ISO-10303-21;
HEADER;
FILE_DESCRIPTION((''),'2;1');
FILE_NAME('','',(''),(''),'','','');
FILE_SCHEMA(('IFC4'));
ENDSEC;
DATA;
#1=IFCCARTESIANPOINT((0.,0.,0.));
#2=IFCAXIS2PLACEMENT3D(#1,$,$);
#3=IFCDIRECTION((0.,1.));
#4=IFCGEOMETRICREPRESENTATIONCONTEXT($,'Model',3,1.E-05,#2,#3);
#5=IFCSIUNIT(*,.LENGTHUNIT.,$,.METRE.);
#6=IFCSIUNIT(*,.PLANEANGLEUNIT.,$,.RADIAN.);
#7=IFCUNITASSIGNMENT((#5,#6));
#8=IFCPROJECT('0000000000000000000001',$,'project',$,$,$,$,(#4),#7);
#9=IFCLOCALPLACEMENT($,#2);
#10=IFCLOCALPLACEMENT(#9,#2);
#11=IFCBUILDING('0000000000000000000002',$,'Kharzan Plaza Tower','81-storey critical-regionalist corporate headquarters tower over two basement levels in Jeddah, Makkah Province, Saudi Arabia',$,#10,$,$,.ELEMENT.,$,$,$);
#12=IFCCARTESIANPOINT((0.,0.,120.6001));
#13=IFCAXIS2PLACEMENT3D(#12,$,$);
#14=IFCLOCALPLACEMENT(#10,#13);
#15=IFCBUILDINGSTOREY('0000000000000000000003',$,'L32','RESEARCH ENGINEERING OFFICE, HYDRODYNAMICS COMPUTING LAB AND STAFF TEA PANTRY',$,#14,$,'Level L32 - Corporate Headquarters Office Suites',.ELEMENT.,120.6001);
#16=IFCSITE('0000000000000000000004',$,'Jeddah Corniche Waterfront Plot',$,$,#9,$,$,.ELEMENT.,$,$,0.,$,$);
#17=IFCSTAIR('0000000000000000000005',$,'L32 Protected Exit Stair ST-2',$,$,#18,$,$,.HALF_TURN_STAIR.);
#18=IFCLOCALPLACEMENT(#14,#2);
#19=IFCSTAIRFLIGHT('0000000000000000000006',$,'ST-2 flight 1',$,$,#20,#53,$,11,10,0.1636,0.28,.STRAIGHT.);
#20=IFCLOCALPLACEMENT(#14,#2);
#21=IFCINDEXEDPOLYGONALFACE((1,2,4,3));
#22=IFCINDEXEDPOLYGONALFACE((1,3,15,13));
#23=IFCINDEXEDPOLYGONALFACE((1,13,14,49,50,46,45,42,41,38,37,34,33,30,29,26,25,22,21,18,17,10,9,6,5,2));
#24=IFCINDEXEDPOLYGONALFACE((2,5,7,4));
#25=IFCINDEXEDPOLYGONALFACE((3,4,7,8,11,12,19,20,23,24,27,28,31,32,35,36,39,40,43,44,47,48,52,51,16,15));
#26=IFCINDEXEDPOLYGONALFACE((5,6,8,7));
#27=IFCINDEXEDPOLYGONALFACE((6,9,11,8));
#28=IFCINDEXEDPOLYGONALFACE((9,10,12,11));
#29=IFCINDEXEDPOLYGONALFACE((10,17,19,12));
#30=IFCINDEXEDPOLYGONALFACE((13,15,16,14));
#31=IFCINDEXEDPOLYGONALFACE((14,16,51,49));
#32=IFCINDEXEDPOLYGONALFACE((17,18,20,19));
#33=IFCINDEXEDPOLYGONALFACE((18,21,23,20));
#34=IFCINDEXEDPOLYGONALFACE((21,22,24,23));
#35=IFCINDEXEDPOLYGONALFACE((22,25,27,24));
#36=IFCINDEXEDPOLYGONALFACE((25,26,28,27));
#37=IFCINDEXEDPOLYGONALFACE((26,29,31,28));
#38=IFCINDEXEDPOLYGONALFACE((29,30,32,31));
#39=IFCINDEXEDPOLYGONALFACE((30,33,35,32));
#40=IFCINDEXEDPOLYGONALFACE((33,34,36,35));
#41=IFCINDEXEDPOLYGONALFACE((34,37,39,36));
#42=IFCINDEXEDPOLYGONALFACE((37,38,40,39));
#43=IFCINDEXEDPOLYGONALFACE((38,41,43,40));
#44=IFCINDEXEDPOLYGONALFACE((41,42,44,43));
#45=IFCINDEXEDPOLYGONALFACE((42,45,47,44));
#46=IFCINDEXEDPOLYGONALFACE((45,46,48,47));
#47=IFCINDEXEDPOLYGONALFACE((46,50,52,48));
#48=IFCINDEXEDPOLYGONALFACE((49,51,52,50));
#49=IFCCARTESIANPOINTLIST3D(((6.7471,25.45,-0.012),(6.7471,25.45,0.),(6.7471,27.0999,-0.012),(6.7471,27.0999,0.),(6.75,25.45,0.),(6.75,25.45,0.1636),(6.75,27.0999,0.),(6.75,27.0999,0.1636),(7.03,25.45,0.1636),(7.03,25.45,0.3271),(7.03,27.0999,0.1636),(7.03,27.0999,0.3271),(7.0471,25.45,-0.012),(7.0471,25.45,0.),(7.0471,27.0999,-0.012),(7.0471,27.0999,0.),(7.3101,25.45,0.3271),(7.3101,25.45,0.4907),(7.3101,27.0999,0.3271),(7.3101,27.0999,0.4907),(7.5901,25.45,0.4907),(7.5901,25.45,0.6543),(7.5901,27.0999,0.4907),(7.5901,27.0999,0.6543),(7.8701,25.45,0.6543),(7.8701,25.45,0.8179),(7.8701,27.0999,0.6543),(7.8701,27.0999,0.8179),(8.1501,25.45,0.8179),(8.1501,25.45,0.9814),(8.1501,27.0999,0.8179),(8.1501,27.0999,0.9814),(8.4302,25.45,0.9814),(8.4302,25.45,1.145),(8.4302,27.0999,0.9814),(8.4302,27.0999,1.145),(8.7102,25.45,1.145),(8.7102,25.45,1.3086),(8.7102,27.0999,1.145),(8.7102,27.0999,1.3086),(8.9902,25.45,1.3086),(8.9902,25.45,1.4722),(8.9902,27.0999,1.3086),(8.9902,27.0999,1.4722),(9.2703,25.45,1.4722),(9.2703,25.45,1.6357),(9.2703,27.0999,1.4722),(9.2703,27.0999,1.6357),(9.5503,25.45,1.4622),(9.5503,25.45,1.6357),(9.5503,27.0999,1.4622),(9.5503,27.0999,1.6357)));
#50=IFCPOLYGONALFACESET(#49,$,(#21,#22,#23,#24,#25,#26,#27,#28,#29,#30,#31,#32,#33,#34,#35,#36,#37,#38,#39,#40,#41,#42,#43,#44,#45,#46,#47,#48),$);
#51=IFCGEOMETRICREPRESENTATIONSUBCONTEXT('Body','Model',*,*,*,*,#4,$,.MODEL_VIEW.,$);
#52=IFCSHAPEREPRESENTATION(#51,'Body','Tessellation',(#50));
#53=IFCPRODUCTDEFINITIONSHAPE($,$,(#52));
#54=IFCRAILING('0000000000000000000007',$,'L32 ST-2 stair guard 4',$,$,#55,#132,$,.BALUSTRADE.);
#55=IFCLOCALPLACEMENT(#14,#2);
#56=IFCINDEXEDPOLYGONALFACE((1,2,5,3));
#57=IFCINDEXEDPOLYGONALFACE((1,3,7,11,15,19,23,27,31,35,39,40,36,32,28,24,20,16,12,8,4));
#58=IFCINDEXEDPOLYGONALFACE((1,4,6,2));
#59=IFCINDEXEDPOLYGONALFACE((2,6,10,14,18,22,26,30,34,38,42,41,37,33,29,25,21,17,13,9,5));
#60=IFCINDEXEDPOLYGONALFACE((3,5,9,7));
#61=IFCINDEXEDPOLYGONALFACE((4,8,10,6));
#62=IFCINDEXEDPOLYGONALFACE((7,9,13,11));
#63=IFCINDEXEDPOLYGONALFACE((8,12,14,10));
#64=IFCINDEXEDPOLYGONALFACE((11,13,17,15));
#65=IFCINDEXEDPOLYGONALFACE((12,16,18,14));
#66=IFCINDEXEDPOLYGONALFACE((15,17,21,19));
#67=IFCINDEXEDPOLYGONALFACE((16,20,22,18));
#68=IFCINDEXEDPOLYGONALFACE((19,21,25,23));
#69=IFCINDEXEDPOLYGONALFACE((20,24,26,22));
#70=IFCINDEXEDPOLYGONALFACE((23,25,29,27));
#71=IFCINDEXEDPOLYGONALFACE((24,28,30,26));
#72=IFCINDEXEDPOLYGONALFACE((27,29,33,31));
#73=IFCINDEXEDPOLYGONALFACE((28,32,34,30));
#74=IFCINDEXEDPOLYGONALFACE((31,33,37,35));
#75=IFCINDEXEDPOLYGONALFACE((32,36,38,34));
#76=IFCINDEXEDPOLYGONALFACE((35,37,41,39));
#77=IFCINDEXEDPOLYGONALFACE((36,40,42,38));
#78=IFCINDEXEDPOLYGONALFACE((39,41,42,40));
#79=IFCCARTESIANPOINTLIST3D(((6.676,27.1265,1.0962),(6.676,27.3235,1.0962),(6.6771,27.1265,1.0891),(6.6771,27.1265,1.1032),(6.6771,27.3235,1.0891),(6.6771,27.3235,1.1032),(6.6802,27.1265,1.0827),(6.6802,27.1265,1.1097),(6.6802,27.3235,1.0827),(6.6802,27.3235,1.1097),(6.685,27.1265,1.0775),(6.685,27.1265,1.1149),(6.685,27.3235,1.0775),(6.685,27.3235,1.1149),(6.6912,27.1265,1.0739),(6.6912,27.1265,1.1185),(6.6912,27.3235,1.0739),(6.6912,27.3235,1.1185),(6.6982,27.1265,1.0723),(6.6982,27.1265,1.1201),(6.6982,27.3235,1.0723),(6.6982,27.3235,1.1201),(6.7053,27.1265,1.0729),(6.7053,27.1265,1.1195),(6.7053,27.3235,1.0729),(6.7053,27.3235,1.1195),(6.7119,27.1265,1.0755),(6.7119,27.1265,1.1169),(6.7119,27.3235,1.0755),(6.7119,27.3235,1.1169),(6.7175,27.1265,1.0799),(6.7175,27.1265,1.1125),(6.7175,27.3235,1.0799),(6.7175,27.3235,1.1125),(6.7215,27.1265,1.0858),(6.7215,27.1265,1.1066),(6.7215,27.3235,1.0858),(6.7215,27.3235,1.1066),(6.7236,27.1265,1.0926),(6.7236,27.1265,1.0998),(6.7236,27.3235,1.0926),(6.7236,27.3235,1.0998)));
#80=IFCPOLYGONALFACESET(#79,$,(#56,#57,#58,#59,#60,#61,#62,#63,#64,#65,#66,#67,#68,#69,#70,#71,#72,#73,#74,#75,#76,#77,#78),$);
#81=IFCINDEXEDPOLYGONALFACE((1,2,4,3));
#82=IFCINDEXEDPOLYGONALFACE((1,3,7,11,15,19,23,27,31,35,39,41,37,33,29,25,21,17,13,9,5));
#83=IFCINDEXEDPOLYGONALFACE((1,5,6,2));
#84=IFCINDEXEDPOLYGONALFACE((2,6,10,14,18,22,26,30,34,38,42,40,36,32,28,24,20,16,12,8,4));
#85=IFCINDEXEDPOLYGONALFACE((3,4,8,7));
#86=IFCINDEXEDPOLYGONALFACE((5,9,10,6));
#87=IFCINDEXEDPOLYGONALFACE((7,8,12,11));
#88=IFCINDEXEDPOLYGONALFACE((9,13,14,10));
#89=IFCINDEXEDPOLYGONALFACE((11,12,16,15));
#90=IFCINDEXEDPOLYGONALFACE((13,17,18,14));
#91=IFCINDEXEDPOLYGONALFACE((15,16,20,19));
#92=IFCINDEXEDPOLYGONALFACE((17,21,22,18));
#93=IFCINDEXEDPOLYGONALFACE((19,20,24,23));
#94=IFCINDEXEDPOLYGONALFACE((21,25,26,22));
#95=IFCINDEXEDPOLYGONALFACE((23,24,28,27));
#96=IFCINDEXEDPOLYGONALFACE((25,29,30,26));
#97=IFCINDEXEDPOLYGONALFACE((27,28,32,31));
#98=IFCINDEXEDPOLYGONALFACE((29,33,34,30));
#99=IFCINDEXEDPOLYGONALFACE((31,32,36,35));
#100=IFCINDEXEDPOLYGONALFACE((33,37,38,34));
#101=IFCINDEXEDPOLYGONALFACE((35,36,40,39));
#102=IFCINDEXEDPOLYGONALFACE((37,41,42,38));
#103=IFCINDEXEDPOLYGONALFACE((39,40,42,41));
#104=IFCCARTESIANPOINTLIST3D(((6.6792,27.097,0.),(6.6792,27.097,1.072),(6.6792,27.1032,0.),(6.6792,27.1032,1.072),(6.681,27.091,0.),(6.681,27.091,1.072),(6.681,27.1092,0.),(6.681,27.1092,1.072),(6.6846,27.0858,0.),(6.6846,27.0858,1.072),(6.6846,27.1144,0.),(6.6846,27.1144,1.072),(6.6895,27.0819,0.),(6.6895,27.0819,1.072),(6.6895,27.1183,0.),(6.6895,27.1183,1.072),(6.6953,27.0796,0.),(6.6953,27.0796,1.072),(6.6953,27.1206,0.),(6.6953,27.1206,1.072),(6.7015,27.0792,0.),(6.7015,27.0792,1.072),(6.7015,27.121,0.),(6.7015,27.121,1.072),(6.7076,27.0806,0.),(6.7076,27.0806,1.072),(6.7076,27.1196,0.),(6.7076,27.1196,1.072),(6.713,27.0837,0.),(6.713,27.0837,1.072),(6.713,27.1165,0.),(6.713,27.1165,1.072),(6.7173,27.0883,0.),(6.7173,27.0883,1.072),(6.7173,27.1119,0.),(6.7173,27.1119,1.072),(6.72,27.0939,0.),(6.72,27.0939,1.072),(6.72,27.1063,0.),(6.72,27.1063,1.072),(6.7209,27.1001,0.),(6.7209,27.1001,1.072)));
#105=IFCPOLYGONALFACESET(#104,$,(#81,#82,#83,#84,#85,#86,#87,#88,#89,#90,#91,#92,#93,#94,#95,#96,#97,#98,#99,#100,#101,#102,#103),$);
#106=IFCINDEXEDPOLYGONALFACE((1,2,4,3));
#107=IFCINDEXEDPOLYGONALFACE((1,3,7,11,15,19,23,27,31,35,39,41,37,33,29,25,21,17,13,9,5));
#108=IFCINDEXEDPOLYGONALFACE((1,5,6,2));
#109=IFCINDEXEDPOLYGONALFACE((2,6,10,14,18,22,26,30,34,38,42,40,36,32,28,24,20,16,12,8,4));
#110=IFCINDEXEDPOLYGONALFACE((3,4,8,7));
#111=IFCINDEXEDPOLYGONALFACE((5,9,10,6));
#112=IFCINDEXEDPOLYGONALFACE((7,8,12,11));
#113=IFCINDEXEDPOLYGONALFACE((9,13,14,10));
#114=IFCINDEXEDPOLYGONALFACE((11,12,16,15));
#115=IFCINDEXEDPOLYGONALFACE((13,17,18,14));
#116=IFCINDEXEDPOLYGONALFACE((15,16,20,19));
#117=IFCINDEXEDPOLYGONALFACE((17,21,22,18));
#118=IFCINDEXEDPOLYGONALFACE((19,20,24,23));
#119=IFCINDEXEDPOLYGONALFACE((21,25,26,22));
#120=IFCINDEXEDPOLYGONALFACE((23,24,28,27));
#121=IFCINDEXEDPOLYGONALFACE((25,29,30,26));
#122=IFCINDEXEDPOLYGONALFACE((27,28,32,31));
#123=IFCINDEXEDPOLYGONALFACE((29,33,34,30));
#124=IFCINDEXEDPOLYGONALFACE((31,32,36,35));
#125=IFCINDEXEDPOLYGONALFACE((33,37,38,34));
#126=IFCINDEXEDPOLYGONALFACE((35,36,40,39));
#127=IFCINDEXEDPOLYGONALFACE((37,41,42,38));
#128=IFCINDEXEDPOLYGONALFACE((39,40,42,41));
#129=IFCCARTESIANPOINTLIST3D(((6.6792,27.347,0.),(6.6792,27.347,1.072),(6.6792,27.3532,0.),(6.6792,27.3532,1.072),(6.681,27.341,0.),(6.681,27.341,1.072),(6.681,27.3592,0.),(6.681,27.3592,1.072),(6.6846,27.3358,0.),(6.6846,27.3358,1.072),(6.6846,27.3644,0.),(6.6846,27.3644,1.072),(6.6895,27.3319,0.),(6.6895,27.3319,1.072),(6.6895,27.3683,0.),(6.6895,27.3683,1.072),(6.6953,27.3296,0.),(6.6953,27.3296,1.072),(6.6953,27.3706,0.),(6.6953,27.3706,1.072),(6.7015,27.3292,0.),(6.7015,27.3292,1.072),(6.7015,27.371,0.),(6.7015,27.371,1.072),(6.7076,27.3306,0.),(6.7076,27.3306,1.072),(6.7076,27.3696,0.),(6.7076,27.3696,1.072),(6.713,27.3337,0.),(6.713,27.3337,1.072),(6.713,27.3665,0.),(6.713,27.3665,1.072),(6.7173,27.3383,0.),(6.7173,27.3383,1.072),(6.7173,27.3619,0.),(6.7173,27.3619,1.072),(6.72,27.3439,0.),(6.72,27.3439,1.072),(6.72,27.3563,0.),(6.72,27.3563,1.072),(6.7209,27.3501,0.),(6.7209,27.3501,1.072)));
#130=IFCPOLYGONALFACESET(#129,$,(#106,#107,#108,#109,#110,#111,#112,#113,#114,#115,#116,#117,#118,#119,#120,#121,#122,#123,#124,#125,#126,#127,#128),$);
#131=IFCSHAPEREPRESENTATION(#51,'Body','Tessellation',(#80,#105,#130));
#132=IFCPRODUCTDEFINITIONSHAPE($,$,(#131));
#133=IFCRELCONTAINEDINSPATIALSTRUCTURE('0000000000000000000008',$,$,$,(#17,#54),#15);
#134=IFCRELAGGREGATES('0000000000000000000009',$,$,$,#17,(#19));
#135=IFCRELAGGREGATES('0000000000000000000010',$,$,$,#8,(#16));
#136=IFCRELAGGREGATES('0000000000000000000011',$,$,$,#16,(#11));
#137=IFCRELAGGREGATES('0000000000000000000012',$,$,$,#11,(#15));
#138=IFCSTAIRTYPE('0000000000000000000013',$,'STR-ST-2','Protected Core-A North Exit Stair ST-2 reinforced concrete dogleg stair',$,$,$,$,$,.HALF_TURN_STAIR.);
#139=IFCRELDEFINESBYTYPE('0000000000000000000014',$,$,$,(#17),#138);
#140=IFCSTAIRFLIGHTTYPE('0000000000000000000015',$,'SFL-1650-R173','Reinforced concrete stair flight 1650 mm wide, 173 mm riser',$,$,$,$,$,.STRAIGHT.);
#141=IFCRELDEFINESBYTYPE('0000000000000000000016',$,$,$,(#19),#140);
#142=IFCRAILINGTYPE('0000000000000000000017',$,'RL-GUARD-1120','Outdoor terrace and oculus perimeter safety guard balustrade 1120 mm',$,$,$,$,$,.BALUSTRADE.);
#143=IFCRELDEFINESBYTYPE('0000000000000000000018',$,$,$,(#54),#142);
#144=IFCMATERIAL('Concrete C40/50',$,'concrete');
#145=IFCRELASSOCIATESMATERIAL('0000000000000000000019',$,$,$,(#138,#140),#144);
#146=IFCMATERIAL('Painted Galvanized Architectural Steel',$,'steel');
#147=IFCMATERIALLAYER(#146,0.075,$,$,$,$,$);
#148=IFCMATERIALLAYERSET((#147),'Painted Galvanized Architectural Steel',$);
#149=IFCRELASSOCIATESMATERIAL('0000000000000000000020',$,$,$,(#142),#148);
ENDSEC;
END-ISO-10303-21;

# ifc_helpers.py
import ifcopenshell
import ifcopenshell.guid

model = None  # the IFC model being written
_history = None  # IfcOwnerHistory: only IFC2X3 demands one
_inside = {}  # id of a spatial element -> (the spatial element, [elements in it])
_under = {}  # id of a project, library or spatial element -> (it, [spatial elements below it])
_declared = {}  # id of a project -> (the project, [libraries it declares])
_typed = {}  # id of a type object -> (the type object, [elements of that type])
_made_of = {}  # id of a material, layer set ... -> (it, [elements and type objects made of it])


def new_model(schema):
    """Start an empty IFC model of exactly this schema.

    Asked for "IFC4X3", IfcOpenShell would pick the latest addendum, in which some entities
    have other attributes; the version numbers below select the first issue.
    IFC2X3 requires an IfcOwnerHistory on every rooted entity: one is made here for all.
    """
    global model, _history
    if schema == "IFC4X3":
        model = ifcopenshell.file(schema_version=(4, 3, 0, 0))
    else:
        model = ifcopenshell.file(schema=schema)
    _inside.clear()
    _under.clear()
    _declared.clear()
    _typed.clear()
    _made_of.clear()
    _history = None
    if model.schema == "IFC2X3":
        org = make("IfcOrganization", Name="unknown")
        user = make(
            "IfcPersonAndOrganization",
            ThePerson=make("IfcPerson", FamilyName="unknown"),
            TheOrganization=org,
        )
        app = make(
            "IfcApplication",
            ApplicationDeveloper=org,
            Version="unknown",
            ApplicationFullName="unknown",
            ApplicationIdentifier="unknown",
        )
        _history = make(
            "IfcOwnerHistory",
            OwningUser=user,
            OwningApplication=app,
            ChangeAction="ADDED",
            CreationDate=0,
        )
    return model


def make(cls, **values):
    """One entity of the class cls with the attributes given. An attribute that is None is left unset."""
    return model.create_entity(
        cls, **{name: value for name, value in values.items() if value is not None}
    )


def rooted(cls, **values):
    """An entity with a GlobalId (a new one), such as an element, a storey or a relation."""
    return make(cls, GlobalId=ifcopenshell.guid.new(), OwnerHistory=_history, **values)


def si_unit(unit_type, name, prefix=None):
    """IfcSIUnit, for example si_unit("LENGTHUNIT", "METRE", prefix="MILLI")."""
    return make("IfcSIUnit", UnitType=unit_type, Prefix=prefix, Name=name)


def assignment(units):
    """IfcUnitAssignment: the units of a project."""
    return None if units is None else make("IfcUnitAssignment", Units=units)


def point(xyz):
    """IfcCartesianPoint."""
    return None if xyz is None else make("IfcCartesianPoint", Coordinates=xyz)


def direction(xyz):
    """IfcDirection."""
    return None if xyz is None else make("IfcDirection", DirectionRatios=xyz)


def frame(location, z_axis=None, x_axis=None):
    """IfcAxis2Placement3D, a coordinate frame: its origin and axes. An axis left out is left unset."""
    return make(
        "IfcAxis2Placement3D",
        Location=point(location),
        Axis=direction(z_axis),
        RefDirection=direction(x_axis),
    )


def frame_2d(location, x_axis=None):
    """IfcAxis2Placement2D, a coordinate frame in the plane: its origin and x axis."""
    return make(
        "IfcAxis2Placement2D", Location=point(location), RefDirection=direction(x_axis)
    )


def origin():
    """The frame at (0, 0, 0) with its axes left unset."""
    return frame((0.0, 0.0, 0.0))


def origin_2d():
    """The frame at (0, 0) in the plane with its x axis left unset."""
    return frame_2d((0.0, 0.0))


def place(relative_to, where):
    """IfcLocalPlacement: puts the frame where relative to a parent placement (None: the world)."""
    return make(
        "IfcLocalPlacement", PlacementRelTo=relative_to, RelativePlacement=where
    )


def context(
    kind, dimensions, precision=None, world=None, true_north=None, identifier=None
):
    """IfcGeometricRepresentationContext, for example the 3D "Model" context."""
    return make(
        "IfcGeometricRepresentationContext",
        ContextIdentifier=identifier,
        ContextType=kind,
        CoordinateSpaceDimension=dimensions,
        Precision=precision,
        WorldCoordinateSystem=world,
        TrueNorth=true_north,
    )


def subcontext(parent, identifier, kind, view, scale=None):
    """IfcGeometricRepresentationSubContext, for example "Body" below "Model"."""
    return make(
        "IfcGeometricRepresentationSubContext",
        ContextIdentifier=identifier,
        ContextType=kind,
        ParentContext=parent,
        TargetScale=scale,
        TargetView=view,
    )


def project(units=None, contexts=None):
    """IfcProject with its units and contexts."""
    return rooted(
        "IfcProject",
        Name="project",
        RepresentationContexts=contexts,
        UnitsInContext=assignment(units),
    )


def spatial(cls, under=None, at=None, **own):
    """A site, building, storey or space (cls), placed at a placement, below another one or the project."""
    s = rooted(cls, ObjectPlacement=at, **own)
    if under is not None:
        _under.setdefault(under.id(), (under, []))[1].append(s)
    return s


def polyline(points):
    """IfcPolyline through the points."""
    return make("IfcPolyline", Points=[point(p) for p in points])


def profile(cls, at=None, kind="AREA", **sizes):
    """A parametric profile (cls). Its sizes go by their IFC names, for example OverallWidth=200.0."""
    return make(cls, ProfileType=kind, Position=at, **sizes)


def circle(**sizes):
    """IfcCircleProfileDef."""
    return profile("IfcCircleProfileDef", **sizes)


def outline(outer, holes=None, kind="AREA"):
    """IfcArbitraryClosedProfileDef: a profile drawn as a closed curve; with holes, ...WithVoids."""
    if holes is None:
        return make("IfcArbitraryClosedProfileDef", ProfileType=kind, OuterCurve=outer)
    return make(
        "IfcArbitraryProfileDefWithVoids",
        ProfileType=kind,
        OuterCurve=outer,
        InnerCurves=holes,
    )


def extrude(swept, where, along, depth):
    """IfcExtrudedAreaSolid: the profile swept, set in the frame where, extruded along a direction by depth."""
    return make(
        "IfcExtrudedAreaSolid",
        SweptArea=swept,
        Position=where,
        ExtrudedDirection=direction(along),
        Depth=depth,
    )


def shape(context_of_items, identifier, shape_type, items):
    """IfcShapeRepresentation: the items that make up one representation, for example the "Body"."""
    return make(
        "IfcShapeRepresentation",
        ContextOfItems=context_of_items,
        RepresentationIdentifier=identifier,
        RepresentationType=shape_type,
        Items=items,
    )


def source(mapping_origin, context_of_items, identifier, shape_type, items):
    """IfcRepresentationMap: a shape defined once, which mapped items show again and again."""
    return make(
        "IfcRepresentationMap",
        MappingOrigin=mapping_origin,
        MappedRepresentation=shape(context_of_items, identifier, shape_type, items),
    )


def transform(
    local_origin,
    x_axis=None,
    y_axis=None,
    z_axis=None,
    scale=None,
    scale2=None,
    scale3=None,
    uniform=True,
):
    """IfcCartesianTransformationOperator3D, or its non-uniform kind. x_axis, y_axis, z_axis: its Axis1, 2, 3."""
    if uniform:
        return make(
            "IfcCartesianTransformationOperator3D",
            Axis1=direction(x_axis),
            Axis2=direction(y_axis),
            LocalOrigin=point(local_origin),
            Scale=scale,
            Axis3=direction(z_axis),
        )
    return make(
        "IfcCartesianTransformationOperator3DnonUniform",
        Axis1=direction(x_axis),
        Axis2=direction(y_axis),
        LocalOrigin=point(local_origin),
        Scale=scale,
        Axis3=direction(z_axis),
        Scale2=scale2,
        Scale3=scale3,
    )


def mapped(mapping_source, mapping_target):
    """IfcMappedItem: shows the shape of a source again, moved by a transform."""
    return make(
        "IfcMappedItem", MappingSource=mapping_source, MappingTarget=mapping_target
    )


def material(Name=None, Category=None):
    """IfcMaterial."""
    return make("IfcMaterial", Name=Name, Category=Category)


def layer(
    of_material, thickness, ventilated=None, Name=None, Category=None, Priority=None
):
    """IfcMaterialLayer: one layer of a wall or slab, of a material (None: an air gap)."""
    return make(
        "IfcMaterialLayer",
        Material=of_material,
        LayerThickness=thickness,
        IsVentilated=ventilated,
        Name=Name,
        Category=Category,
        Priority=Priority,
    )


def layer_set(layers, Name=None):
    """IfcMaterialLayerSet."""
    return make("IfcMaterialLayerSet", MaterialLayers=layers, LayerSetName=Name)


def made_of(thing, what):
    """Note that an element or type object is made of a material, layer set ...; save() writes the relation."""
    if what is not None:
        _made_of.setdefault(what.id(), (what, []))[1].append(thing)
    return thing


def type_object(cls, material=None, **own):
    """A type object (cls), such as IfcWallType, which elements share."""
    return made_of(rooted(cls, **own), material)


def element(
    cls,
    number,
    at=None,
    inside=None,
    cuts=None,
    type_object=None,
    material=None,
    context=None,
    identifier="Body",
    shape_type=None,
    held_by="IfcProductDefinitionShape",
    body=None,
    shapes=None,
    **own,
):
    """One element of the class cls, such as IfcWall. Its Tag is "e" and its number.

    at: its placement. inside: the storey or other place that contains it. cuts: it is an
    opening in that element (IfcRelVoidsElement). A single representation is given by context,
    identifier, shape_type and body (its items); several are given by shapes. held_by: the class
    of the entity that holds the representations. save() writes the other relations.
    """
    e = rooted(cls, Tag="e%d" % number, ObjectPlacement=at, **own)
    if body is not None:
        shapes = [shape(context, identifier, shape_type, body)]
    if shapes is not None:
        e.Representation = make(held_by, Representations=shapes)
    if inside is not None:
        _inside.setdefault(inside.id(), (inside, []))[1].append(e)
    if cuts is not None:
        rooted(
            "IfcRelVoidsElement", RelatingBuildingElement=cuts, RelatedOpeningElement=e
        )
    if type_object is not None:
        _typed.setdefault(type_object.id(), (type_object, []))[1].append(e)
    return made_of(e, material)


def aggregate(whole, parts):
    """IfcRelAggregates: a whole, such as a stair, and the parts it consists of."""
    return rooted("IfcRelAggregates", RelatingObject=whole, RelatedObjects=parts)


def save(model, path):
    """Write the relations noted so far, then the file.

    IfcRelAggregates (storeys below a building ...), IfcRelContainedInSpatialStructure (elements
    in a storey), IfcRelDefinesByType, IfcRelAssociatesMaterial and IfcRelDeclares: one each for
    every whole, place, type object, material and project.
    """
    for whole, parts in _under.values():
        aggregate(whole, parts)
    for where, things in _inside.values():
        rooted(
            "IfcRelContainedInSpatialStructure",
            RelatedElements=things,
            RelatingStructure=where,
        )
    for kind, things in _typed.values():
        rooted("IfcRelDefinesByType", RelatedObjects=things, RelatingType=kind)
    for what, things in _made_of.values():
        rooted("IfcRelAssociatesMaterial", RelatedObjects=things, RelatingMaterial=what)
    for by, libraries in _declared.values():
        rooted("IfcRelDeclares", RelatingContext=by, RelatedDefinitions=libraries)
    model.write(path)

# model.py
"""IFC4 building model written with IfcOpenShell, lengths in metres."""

from ifc_helpers import new_model, si_unit, direction, frame, origin, origin_2d, place, context, subcontext, project, spatial, polyline, circle, outline, extrude, source, transform, mapped, material, layer, layer_set, type_object, element, aggregate, save


model = new_model("IFC4")

# Units and contexts
model_context = context("Model", 3, precision=1e-05, world=origin(), true_north=direction((0.0, 1.0)))
body_context = subcontext(model_context, "Body", "Model", "MODEL_VIEW")
ifc_project = project(units=[si_unit("LENGTHUNIT", "METRE"), si_unit("PLANEANGLEUNIT", "RADIAN")], contexts=[model_context])

# Site, building, storey
site_placement = place(None, origin())
site = spatial("IfcSite", under=ifc_project, at=site_placement, Name="Jeddah Corniche Waterfront Plot", CompositionType="ELEMENT", RefElevation=0.0)
building_placement = place(site_placement, origin())
building = spatial("IfcBuilding", under=site, at=building_placement, Name="Kharzan Plaza Tower", Description="81-storey critical-regionalist corporate headquarters tower over two basement levels in Jeddah, Makkah Province, Saudi Arabia", CompositionType="ELEMENT")
storey_placement = place(building_placement, frame((0.0, 0.0, 120.6001)))
storey = spatial("IfcBuildingStorey", under=building, at=storey_placement, Name="L32", Description="RESEARCH ENGINEERING OFFICE, HYDRODYNAMICS COMPUTING LAB AND STAFF TEA PANTRY", LongName="Level L32 - Corporate Headquarters Office Suites", CompositionType="ELEMENT", Elevation=120.6001)

# Shared definitions
ifc_material_1 = material(Name="Concrete C40/50", Category="concrete")

# Stair, stair flight
stair_type = type_object("IfcStairType", Name="STR-ST-2", Description="Protected Core-A North Exit Stair ST-2 reinforced concrete dogleg stair", PredefinedType="HALF_TURN_STAIR", material=ifc_material_1)
stair_placement = place(storey_placement, origin())
stair = element("IfcStair", 1, at=stair_placement, inside=storey, type_object=stair_type, Name="L32 Protected Exit Stair ST-2", PredefinedType="HALF_TURN_STAIR")
stair_flight_type = type_object("IfcStairFlightType", Name="SFL-1650-R173", Description="Reinforced concrete stair flight 1650 mm wide, 173 mm riser", PredefinedType="STRAIGHT", material=ifc_material_1)
shared_shape_1 = source(origin(), body_context, "Body", "SweptSolid", [
    extrude(outline(polyline([(-0.0029, -0.012), (-0.0029, 0.0), (0.0, 0.0), (0.0, 0.1636), (0.28, 0.1636), (0.28, 0.3271), (0.5601, 0.3271), (0.5601, 0.4907), (0.8401, 0.4907), (0.8401, 0.6543), (1.1201, 0.6543), (1.1201, 0.8179), (1.4001, 0.8179), (1.4001, 0.9814), (1.6802, 0.9814), (1.6802, 1.145), (1.9602, 1.145), (1.9602, 1.3086), (2.2402, 1.3086), (2.2402, 1.4722), (2.5203, 1.4722), (2.5203, 1.6357), (2.8003, 1.6357), (2.8003, 1.7993), (2.8003, 1.4622), (0.2971, 0.0), (0.2971, -0.012), (-0.0029, -0.012)])), frame((0.0, 0.825, 0.0), z_axis=(0.0, -1.0, 0.0), x_axis=(1.0, 0.0, 0.0)), (0.0, 0.0, 1.0), 1.6499),
])
stair_flight_placement = place(storey_placement, frame((6.75, 26.2749, 0.0), z_axis=(0.0, 0.0, 1.0), x_axis=(1.0, 0.0, 0.0)))
stair_flight = element("IfcStairFlight", 2, at=stair_flight_placement, type_object=stair_flight_type, Name="ST-2 flight 1", NumberOfRisers=11, NumberOfTreads=10, PredefinedType="STRAIGHT", RiserHeight=0.1636, TreadLength=0.28, context=body_context, shape_type="MappedRepresentation", body=[
    mapped(shared_shape_1, transform((0.0, 0.0, 0.0), x_axis=(1.0, 0.0, 0.0), y_axis=(0.0, 1.0, 0.0), z_axis=(0.0, 0.0, 1.0))),
])
aggregate(stair, [stair_flight])

# Railing
ifc_material_2 = material(Name="Painted Galvanized Architectural Steel", Category="steel")
ifc_layer_1 = layer(ifc_material_2, 0.075)
ifc_layer_set_1 = layer_set([ifc_layer_1], Name="Painted Galvanized Architectural Steel")
railing_type_1 = type_object("IfcRailingType", Name="RL-GUARD-1120", Description="Outdoor terrace and oculus perimeter safety guard balustrade 1120 mm", PredefinedType="BALUSTRADE", material=ifc_layer_set_1)
shared_shape_2 = source(origin(), body_context, "Body", "SweptSolid", [
    extrude(circle(Radius=0.0239, at=origin_2d()), frame((0.0, 0.0264, 1.0962), z_axis=(0.0, 1.0, 0.0), x_axis=(-1.0, 0.0, 0.0)), (0.0, 0.0, 1.0), 0.197),
    extrude(circle(Radius=0.021, at=origin_2d()), origin(), (0.0, 0.0, 1.0), 1.072),
    extrude(circle(Radius=0.021, at=origin_2d()), frame((0.0, 0.25, 0.0)), (0.0, 0.0, 1.0), 1.072),
])
railing_1_placement = place(storey_placement, frame((6.7, 27.1001, 0.0)))
element("IfcRailing", 3, at=railing_1_placement, inside=storey, type_object=railing_type_1, Name="L32 ST-2 stair guard 4", PredefinedType="BALUSTRADE", context=body_context, shape_type="MappedRepresentation", body=[
    mapped(shared_shape_2, transform((0.0, 0.0, 0.0), x_axis=(1.0, 0.0, 0.0), y_axis=(0.0, 1.0, 0.0), z_axis=(0.0, 0.0, 1.0))),
])

save(model, "model.ifc")
